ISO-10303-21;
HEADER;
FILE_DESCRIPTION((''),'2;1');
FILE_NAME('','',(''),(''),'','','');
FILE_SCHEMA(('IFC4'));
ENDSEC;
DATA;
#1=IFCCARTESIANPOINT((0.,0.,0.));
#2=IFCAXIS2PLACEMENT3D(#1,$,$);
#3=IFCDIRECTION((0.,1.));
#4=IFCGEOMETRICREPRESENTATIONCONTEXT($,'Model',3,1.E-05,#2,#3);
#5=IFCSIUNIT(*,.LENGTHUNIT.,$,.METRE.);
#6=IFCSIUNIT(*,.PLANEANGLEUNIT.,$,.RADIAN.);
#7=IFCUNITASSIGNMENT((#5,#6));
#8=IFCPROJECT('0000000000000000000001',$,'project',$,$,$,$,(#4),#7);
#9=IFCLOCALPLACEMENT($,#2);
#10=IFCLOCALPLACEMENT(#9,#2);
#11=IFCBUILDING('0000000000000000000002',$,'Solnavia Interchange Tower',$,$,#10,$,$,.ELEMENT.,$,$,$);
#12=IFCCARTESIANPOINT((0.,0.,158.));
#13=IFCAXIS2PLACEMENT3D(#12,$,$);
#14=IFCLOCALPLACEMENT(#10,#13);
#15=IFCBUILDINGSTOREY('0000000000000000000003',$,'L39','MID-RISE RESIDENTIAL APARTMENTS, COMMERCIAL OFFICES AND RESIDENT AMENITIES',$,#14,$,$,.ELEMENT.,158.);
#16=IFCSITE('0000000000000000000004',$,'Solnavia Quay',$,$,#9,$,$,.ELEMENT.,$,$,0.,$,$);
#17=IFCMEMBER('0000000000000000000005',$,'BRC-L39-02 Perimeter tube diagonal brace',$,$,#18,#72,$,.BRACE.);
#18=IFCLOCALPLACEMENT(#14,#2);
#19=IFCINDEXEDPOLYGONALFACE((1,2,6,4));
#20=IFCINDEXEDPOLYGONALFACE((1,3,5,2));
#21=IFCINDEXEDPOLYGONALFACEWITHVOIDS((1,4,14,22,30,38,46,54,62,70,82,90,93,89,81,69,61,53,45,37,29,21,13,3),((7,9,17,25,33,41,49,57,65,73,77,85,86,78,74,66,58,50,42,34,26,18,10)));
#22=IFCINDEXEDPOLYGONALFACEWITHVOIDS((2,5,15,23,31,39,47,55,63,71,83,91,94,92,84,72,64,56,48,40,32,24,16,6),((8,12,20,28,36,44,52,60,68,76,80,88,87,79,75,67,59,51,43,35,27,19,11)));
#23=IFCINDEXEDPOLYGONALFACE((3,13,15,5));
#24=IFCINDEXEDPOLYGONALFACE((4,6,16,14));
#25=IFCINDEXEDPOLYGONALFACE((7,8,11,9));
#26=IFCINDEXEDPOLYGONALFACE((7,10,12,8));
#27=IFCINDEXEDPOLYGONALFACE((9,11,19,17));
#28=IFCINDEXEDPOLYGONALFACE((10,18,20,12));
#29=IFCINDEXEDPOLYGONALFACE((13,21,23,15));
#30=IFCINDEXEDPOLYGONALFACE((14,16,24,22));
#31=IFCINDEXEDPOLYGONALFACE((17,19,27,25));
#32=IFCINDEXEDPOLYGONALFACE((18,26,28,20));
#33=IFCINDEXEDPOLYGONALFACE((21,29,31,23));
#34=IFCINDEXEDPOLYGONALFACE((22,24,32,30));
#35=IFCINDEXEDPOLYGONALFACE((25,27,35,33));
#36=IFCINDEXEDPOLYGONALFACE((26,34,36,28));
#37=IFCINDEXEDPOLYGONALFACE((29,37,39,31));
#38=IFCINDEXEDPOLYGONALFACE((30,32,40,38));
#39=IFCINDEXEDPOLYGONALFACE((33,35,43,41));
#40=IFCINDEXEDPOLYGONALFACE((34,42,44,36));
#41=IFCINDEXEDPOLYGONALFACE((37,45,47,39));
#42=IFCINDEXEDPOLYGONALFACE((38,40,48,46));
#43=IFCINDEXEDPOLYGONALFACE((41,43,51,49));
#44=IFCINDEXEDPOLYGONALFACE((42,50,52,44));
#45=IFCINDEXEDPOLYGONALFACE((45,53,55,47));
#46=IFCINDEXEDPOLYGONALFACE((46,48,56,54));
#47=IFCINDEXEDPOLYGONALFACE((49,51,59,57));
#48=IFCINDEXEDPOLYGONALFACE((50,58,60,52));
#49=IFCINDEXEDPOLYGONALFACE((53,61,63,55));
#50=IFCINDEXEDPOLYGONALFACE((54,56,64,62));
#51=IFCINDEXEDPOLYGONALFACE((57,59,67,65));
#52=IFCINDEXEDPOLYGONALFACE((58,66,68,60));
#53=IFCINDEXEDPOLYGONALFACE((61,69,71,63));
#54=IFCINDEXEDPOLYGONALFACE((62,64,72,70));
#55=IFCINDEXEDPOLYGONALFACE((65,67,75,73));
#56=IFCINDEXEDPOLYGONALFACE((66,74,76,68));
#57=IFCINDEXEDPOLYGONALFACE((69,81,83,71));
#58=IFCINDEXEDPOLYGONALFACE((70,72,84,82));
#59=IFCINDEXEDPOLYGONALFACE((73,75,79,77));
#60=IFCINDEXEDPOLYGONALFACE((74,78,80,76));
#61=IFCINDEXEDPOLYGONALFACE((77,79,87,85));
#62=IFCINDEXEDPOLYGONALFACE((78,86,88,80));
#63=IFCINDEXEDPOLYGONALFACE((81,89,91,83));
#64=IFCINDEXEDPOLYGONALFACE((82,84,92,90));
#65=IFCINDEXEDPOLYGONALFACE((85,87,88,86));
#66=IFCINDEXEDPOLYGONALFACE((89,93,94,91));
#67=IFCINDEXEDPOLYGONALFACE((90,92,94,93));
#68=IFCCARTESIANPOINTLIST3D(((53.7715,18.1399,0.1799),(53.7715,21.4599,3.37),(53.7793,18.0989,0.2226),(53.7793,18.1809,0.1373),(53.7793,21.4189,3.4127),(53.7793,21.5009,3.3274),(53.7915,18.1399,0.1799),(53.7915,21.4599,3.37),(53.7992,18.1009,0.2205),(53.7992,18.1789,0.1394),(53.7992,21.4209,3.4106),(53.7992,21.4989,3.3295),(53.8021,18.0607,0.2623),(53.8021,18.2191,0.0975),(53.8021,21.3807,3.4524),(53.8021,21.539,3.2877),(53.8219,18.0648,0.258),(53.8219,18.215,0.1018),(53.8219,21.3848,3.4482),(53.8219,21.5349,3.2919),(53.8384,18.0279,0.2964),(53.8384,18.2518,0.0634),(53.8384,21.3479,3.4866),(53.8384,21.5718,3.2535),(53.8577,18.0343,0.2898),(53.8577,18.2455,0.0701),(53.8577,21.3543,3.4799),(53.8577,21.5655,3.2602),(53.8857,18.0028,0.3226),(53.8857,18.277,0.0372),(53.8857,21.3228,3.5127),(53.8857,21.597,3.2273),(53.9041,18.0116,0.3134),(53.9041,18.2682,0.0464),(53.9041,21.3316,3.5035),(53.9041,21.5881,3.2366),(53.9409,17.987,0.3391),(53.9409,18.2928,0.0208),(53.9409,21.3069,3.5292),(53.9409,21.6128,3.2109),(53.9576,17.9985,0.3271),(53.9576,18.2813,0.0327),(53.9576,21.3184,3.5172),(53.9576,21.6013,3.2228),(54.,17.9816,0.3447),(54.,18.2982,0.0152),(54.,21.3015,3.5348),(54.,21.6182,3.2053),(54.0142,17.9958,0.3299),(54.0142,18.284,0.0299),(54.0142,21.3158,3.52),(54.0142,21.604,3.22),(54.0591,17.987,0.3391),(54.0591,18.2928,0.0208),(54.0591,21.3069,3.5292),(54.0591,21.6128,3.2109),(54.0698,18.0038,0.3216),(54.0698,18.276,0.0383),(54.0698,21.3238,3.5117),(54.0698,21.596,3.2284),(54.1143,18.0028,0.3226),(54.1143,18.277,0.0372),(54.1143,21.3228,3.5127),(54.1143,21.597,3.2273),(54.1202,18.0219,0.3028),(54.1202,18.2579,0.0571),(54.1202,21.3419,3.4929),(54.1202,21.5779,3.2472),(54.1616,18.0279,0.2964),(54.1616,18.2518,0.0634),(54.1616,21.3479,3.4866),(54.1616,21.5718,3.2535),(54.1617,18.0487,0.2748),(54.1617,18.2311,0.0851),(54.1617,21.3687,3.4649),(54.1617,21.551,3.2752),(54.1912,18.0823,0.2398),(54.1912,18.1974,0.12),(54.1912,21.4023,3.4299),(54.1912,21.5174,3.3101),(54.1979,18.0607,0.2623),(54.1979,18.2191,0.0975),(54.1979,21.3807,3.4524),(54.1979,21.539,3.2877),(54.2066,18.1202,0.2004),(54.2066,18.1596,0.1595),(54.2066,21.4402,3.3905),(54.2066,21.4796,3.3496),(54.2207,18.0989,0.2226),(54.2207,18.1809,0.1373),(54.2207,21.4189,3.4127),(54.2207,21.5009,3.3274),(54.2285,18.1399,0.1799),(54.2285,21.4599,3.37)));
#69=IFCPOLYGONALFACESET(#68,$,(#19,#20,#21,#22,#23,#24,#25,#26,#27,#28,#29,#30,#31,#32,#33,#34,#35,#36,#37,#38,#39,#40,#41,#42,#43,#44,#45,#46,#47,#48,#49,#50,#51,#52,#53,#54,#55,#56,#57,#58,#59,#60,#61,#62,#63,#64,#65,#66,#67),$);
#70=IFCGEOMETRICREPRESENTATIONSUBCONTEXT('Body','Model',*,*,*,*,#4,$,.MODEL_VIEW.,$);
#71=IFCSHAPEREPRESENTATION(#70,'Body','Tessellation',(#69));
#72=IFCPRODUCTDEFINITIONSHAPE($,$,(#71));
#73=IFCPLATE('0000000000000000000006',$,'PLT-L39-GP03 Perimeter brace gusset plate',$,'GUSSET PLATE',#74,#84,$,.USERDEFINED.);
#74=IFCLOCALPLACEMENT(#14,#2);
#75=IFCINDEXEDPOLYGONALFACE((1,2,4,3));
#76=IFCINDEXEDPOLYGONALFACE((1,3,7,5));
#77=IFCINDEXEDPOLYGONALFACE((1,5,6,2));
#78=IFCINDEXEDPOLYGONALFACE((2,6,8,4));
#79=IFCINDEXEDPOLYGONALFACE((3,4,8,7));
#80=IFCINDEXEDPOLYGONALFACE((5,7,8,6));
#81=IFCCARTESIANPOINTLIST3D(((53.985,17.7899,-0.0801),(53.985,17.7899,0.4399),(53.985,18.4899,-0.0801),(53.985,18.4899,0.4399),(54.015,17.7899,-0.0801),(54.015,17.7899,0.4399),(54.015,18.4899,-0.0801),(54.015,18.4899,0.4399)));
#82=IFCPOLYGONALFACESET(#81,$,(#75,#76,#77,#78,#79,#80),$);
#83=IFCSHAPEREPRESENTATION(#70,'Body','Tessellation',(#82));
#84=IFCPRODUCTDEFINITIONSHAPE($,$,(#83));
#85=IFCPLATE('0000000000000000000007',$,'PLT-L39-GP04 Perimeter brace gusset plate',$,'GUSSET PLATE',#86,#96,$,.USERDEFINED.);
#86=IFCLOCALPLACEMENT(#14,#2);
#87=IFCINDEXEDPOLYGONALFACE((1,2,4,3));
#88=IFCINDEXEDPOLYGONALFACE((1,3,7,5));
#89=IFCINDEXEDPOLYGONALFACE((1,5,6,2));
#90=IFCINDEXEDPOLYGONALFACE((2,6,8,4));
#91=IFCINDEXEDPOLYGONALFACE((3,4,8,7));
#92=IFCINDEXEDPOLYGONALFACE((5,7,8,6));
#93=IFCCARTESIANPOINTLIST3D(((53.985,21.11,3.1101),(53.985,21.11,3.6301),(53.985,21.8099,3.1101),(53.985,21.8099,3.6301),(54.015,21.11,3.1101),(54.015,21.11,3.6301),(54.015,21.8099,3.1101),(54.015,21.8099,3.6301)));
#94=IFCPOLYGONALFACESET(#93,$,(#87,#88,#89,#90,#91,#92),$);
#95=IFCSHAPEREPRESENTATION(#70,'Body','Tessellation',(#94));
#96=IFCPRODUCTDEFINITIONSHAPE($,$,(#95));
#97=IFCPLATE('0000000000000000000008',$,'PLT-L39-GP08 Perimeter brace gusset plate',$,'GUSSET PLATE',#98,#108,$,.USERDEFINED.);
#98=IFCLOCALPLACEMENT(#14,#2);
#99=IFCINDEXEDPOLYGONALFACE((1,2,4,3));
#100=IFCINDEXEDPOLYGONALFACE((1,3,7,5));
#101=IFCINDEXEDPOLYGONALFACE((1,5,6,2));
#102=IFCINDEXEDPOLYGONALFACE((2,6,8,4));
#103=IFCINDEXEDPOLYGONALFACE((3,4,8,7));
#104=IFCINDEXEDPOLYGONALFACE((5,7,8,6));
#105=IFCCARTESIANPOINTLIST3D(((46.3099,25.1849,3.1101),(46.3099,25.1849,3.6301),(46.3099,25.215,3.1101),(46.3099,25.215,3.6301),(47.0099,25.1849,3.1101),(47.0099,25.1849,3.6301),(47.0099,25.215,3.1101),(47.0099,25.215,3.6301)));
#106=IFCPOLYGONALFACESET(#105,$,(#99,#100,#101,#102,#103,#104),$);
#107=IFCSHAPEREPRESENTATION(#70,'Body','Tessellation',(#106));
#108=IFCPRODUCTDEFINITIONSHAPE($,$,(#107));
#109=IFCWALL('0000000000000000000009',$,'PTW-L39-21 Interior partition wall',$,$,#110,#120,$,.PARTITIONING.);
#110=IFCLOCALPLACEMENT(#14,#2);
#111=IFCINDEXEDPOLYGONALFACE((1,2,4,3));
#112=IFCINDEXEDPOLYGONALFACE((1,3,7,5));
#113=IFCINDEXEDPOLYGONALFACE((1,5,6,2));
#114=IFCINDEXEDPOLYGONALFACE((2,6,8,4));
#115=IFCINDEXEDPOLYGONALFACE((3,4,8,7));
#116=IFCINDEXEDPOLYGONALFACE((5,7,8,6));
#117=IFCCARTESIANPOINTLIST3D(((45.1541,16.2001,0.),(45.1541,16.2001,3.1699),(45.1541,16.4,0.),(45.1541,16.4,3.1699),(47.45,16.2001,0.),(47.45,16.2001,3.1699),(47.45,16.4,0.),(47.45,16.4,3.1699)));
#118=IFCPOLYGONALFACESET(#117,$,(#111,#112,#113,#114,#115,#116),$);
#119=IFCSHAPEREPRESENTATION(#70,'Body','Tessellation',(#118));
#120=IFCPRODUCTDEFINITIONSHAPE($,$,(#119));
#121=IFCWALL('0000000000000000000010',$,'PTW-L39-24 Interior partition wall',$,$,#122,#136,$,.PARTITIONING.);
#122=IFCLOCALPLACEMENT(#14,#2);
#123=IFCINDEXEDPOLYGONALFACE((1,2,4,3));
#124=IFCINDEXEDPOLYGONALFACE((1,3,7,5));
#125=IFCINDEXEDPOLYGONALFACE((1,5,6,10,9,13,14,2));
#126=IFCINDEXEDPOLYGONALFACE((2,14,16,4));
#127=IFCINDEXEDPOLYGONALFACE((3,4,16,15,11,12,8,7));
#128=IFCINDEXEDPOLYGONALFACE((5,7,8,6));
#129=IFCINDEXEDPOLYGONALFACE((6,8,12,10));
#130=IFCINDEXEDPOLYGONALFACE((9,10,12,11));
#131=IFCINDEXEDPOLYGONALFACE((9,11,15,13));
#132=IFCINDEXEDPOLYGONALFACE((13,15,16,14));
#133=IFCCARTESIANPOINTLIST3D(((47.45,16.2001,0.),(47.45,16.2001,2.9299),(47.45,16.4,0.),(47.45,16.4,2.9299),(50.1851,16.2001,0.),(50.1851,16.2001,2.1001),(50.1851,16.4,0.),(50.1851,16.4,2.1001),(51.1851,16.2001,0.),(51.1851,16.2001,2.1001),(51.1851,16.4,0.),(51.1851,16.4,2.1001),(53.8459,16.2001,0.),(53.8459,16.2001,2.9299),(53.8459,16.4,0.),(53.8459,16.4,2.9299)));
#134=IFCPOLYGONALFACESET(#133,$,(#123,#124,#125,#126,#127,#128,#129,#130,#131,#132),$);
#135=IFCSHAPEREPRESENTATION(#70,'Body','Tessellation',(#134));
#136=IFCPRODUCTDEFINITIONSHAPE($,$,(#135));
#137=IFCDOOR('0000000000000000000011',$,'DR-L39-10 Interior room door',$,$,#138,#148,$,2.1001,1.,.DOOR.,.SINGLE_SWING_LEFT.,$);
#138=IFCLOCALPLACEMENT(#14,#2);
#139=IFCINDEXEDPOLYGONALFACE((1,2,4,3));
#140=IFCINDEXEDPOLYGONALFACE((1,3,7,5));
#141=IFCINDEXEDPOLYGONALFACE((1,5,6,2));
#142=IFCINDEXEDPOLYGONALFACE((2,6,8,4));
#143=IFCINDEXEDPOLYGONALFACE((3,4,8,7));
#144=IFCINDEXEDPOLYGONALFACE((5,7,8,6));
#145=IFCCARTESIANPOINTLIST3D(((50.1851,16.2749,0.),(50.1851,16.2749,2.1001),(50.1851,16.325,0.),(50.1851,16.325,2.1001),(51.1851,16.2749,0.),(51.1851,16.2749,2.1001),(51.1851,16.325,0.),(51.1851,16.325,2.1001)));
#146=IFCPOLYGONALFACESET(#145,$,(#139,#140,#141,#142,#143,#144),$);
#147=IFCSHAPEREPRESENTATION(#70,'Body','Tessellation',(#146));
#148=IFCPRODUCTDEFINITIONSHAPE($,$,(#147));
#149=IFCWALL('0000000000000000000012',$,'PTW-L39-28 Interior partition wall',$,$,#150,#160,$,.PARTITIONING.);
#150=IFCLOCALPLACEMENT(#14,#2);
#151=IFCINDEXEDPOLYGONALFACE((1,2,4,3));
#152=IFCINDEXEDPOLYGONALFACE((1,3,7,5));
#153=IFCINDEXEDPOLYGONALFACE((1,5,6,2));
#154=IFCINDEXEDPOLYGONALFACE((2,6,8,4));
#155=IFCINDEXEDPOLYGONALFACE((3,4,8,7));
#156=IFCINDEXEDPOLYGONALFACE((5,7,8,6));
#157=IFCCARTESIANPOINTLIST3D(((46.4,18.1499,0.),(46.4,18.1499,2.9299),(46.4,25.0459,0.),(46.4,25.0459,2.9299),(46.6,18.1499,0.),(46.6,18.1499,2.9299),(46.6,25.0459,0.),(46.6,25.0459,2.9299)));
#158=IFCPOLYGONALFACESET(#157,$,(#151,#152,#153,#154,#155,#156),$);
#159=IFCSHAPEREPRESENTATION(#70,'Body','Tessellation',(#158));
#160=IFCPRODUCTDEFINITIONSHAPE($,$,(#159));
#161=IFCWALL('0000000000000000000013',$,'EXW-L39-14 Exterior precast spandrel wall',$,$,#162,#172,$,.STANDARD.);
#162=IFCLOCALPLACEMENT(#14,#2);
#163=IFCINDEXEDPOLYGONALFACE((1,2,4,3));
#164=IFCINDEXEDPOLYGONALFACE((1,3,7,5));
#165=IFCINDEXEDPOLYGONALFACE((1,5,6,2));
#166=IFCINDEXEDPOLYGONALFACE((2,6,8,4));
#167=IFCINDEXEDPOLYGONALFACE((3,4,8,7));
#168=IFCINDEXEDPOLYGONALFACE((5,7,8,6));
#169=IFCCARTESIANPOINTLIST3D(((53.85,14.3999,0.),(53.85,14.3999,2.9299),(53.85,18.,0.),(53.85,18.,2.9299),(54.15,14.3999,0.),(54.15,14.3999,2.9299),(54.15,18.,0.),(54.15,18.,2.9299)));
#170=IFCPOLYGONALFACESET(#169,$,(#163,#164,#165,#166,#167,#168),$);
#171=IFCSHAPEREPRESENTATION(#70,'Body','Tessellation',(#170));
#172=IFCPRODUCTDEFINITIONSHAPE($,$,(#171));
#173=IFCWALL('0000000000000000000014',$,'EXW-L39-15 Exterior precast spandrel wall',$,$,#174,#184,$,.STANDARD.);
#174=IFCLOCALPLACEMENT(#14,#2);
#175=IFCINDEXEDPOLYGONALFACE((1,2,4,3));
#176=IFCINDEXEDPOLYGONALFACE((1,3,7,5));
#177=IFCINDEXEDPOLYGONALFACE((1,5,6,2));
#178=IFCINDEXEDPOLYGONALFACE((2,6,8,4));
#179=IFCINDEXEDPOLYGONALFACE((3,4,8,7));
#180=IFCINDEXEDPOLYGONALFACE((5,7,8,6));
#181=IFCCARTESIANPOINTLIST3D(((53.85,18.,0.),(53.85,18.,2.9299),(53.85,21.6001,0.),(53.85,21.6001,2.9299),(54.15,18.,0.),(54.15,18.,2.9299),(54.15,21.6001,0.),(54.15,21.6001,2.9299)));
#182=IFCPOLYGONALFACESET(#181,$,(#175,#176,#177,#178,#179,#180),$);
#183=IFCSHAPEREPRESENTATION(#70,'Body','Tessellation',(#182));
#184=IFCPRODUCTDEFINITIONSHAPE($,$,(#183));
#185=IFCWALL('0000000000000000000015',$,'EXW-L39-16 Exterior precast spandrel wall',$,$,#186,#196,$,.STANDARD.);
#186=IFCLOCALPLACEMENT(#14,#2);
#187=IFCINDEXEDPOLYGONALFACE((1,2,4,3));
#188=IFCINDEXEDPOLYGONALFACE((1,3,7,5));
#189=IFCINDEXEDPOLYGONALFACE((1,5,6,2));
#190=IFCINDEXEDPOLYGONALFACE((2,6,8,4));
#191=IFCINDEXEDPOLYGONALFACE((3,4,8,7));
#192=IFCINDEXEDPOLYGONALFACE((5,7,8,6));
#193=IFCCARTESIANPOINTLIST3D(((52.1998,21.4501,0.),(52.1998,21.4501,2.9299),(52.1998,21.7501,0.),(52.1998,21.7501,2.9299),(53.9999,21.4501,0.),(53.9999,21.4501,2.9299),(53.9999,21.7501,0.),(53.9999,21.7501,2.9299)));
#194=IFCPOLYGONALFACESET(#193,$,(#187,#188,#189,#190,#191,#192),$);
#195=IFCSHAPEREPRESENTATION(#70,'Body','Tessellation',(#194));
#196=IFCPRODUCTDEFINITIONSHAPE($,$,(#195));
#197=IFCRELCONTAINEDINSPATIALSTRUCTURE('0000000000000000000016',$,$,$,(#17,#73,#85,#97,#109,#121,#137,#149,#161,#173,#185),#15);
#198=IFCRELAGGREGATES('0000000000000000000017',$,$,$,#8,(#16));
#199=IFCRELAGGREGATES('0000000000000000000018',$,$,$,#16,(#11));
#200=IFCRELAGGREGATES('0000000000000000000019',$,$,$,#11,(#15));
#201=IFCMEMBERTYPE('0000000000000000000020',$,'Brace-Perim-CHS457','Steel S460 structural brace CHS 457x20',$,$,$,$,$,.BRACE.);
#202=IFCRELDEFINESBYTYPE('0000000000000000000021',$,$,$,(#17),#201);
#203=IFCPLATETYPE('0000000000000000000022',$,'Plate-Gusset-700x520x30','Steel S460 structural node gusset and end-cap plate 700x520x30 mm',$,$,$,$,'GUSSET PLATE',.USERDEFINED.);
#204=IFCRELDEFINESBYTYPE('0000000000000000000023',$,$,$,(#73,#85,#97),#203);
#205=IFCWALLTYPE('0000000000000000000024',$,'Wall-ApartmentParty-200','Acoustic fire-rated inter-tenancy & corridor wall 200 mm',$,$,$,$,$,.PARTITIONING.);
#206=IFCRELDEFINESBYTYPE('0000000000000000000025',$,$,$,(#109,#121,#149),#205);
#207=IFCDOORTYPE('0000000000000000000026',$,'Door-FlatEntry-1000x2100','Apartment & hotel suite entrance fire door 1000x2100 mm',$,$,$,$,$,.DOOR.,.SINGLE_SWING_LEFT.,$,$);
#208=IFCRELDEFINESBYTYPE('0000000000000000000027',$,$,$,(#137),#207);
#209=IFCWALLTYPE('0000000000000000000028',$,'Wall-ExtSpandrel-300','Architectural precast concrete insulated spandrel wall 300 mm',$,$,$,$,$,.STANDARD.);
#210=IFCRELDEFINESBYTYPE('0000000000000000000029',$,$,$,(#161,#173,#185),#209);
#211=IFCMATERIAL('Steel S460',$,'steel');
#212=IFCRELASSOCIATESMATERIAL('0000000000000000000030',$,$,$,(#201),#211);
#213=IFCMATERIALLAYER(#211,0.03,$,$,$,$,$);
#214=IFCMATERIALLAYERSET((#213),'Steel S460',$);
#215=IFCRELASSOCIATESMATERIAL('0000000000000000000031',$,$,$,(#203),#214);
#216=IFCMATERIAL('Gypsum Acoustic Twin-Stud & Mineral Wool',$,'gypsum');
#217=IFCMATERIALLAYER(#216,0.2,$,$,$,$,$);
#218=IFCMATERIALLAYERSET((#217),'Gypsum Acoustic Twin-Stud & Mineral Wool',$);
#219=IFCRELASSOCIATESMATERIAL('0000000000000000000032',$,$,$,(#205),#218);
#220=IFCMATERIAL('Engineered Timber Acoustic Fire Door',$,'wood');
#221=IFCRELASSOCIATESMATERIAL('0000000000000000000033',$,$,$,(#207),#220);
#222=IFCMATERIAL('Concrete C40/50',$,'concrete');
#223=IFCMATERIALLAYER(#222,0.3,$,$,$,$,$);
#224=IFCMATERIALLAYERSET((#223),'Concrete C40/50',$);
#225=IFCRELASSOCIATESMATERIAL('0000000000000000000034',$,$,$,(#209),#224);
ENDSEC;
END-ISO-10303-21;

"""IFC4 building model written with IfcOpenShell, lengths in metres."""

from ifc_helpers import new_model, si_unit, direction, frame, frame_2d, origin, origin_2d, place, context, subcontext, project, spatial, rectangle, hollow_circle, extrude, material, layer, layer_set, material_profile, profile_set, type_object, element, fill, save


model = new_model("IFC4")

# Units and contexts
model_context = context("Model", 3, precision=1e-05, world=origin(), true_north=direction((0.0, 1.0)))
body_context = subcontext(model_context, "Body", "Model", "MODEL_VIEW")
ifc_project = project(units=[si_unit("LENGTHUNIT", "METRE"), si_unit("PLANEANGLEUNIT", "RADIAN")], contexts=[model_context])

# Site, building, storey
site_placement = place(None, origin())
site = spatial("IfcSite", under=ifc_project, at=site_placement, Name="Solnavia Quay", CompositionType="ELEMENT", RefElevation=0.0)
building_placement = place(site_placement, origin())
building = spatial("IfcBuilding", under=site, at=building_placement, Name="Solnavia Interchange Tower", CompositionType="ELEMENT")
storey_placement = place(building_placement, frame((0.0, 0.0, 158.0)))
storey = spatial("IfcBuildingStorey", under=building, at=storey_placement, Name="L39", Description="MID-RISE RESIDENTIAL APARTMENTS, COMMERCIAL OFFICES AND RESIDENT AMENITIES", CompositionType="ELEMENT", Elevation=158.0)

# Member
ifc_material_1 = material(Name="Steel S460", Category="steel")
ifc_material_profile_1 = material_profile(ifc_material_1, hollow_circle(Radius=0.2285, WallThickness=0.02, at=origin_2d()), Name="CHS 457x20")
ifc_profile_set_1 = profile_set([ifc_material_profile_1], Name="Steel S460")
member_type = type_object("IfcMemberType", Name="Brace-Perim-CHS457", Description="Steel S460 structural brace CHS 457x20", PredefinedType="BRACE", material=ifc_profile_set_1)
member_placement = place(storey_placement, frame((54.0, 18.1399, 0.1799), z_axis=(0.0, 0.72107, 0.692862), x_axis=(-1.0, 0.0, 0.0)))
element("IfcMember", 1, at=member_placement, inside=storey, type_object=member_type, Name="BRC-L39-02 Perimeter tube diagonal brace", PredefinedType="BRACE", context=body_context, shape_type="SweptSolid", body=[
    extrude(hollow_circle(Radius=0.2285, WallThickness=0.02, at=origin_2d()), origin(), (0.0, 0.0, 1.0), 4.6042),
])

# Plates
ifc_layer_1 = layer(ifc_material_1, 0.03)
ifc_layer_set_1 = layer_set([ifc_layer_1], Name="Steel S460")
plate_type = type_object("IfcPlateType", Name="Plate-Gusset-700x520x30", Description="Steel S460 structural node gusset and end-cap plate 700x520x30 mm", ElementType="GUSSET PLATE", PredefinedType="USERDEFINED", material=ifc_layer_set_1)
for number, where, z_axis, x_axis, name in (
    (2, (54.0, 18.1399, -0.0801), (0.0, 0.0, 1.0), (0.0, 1.0, 0.0), "PLT-L39-GP03 Perimeter brace gusset plate"),
    (3, (54.0, 21.46, 3.1101), (0.0, 0.0, 1.0), (0.0, 1.0, 0.0), "PLT-L39-GP04 Perimeter brace gusset plate"),
    (4, (46.6599, 25.2, 3.1101), (0.0, 0.0, 1.0), (1.0, 0.0, 0.0), "PLT-L39-GP08 Perimeter brace gusset plate"),
):
    element("IfcPlate", number, at=place(storey_placement, frame(where, z_axis=z_axis, x_axis=x_axis)), inside=storey, type_object=plate_type, Name=name, ObjectType="GUSSET PLATE", PredefinedType="USERDEFINED", context=body_context, shape_type="SweptSolid", body=[
        extrude(rectangle(XDim=0.7, YDim=0.03, at=origin_2d()), origin(), (0.0, 0.0, 1.0), 0.52),
    ])

# Wall
ifc_material_2 = material(Name="Gypsum Acoustic Twin-Stud & Mineral Wool", Category="gypsum")
ifc_layer_2 = layer(ifc_material_2, 0.2)
ifc_layer_set_2 = layer_set([ifc_layer_2], Name="Gypsum Acoustic Twin-Stud & Mineral Wool")
wall_type_1 = type_object("IfcWallType", Name="Wall-ApartmentParty-200", Description="Acoustic fire-rated inter-tenancy & corridor wall 200 mm", PredefinedType="PARTITIONING", material=ifc_layer_set_2)
wall_1_placement = place(storey_placement, frame((45.1541, 16.3, 0.0), z_axis=(0.0, 0.0, 1.0), x_axis=(1.0, 0.0, 0.0)))
element("IfcWall", 5, at=wall_1_placement, inside=storey, type_object=wall_type_1, Name="PTW-L39-21 Interior partition wall", PredefinedType="PARTITIONING", context=body_context, shape_type="SweptSolid", body=[
    extrude(rectangle(XDim=2.2959, YDim=0.2, at=frame_2d((1.1479, 0.0))), origin(), (0.0, 0.0, 1.0), 3.1699),
])

# Wall, opening, door
wall_2_placement = place(storey_placement, frame((47.45, 16.3, 0.0), z_axis=(0.0, 0.0, 1.0), x_axis=(1.0, 0.0, 0.0)))
wall_2 = element("IfcWall", 6, at=wall_2_placement, inside=storey, type_object=wall_type_1, Name="PTW-L39-24 Interior partition wall", PredefinedType="PARTITIONING", context=body_context, shape_type="SweptSolid", body=[
    extrude(rectangle(XDim=6.396, YDim=0.2, at=frame_2d((3.198, 0.0))), origin(), (0.0, 0.0, 1.0), 2.9299),
])
opening_1_placement = place(wall_2_placement, frame((2.7351, 0.0, 0.0)))
opening_1 = element("IfcOpeningElement", 7, at=opening_1_placement, cuts=wall_2, PredefinedType="OPENING", context=body_context, shape_type="SweptSolid", body=[
    extrude(rectangle(XDim=1.0, YDim=2.1001, at=frame_2d((0.5, 1.05))), frame((0.0, 0.1099, 0.0), z_axis=(0.0, -1.0, 0.0), x_axis=(1.0, 0.0, 0.0)), (0.0, 0.0, 1.0), 0.22),
])
ifc_material_3 = material(Name="Engineered Timber Acoustic Fire Door", Category="wood")
door_type_1 = type_object("IfcDoorType", Name="Door-FlatEntry-1000x2100", Description="Apartment & hotel suite entrance fire door 1000x2100 mm", OperationType="SINGLE_SWING_LEFT", PredefinedType="DOOR", material=ifc_material_3)
door_1_placement = place(opening_1_placement, origin())
door_1 = element("IfcDoor", 8, at=door_1_placement, inside=storey, type_object=door_type_1, Name="DR-L39-10 Interior room door", OperationType="SINGLE_SWING_LEFT", OverallHeight=2.1001, OverallWidth=1.0, PredefinedType="DOOR", context=body_context, shape_type="SweptSolid", body=[
    extrude(rectangle(XDim=1.0, YDim=2.1001, at=frame_2d((0.5, 1.05))), frame((0.0, 0.0249, 0.0), z_axis=(0.0, -1.0, 0.0), x_axis=(1.0, 0.0, 0.0)), (0.0, 0.0, 1.0), 0.05),
])
fill(opening_1, door_1)

# Walls
wall_3_placement = place(storey_placement, frame((46.5, 18.1499, 0.0), z_axis=(0.0, 0.0, 1.0), x_axis=(0.0, 1.0, 0.0)))
element("IfcWall", 9, at=wall_3_placement, inside=storey, type_object=wall_type_1, Name="PTW-L39-28 Interior partition wall", PredefinedType="PARTITIONING", context=body_context, shape_type="SweptSolid", body=[
    extrude(rectangle(XDim=6.896, YDim=0.2, at=frame_2d((3.448, 0.0))), origin(), (0.0, 0.0, 1.0), 2.9299),
])
ifc_material_4 = material(Name="Concrete C40/50", Category="concrete")
ifc_layer_3 = layer(ifc_material_4, 0.3)
ifc_layer_set_3 = layer_set([ifc_layer_3], Name="Concrete C40/50")
wall_type_2 = type_object("IfcWallType", Name="Wall-ExtSpandrel-300", Description="Architectural precast concrete insulated spandrel wall 300 mm", PredefinedType="STANDARD", material=ifc_layer_set_3)
for number, where, z_axis, x_axis, name in (
    (10, (54.0, 18.0, 0.0), (0.0, 0.0, 1.0), (0.0, -1.0, 0.0), "EXW-L39-14 Exterior precast spandrel wall"),
    (11, (54.0, 21.6001, 0.0), (0.0, 0.0, 1.0), (0.0, -1.0, 0.0), "EXW-L39-15 Exterior precast spandrel wall"),
):
    element("IfcWall", number, at=place(storey_placement, frame(where, z_axis=z_axis, x_axis=x_axis)), inside=storey, type_object=wall_type_2, Name=name, PredefinedType="STANDARD", context=body_context, shape_type="SweptSolid", body=[
        extrude(rectangle(XDim=3.6001, YDim=0.3, at=frame_2d((1.8, 0.0))), origin(), (0.0, 0.0, 1.0), 2.9299),
    ])
wall_4_placement = place(storey_placement, frame((52.2, 21.6001, 0.0), z_axis=(0.0, 0.0, 1.0), x_axis=(1.0, 0.0, 0.0)))
element("IfcWall", 12, at=wall_4_placement, inside=storey, type_object=wall_type_2, Name="EXW-L39-16 Exterior precast spandrel wall", PredefinedType="STANDARD", context=body_context, shape_type="SweptSolid", body=[
    extrude(rectangle(XDim=1.8, YDim=0.3, at=frame_2d((0.8999, 0.0))), origin(), (0.0, 0.0, 1.0), 2.9299),
])

save(model, "model.ifc")
